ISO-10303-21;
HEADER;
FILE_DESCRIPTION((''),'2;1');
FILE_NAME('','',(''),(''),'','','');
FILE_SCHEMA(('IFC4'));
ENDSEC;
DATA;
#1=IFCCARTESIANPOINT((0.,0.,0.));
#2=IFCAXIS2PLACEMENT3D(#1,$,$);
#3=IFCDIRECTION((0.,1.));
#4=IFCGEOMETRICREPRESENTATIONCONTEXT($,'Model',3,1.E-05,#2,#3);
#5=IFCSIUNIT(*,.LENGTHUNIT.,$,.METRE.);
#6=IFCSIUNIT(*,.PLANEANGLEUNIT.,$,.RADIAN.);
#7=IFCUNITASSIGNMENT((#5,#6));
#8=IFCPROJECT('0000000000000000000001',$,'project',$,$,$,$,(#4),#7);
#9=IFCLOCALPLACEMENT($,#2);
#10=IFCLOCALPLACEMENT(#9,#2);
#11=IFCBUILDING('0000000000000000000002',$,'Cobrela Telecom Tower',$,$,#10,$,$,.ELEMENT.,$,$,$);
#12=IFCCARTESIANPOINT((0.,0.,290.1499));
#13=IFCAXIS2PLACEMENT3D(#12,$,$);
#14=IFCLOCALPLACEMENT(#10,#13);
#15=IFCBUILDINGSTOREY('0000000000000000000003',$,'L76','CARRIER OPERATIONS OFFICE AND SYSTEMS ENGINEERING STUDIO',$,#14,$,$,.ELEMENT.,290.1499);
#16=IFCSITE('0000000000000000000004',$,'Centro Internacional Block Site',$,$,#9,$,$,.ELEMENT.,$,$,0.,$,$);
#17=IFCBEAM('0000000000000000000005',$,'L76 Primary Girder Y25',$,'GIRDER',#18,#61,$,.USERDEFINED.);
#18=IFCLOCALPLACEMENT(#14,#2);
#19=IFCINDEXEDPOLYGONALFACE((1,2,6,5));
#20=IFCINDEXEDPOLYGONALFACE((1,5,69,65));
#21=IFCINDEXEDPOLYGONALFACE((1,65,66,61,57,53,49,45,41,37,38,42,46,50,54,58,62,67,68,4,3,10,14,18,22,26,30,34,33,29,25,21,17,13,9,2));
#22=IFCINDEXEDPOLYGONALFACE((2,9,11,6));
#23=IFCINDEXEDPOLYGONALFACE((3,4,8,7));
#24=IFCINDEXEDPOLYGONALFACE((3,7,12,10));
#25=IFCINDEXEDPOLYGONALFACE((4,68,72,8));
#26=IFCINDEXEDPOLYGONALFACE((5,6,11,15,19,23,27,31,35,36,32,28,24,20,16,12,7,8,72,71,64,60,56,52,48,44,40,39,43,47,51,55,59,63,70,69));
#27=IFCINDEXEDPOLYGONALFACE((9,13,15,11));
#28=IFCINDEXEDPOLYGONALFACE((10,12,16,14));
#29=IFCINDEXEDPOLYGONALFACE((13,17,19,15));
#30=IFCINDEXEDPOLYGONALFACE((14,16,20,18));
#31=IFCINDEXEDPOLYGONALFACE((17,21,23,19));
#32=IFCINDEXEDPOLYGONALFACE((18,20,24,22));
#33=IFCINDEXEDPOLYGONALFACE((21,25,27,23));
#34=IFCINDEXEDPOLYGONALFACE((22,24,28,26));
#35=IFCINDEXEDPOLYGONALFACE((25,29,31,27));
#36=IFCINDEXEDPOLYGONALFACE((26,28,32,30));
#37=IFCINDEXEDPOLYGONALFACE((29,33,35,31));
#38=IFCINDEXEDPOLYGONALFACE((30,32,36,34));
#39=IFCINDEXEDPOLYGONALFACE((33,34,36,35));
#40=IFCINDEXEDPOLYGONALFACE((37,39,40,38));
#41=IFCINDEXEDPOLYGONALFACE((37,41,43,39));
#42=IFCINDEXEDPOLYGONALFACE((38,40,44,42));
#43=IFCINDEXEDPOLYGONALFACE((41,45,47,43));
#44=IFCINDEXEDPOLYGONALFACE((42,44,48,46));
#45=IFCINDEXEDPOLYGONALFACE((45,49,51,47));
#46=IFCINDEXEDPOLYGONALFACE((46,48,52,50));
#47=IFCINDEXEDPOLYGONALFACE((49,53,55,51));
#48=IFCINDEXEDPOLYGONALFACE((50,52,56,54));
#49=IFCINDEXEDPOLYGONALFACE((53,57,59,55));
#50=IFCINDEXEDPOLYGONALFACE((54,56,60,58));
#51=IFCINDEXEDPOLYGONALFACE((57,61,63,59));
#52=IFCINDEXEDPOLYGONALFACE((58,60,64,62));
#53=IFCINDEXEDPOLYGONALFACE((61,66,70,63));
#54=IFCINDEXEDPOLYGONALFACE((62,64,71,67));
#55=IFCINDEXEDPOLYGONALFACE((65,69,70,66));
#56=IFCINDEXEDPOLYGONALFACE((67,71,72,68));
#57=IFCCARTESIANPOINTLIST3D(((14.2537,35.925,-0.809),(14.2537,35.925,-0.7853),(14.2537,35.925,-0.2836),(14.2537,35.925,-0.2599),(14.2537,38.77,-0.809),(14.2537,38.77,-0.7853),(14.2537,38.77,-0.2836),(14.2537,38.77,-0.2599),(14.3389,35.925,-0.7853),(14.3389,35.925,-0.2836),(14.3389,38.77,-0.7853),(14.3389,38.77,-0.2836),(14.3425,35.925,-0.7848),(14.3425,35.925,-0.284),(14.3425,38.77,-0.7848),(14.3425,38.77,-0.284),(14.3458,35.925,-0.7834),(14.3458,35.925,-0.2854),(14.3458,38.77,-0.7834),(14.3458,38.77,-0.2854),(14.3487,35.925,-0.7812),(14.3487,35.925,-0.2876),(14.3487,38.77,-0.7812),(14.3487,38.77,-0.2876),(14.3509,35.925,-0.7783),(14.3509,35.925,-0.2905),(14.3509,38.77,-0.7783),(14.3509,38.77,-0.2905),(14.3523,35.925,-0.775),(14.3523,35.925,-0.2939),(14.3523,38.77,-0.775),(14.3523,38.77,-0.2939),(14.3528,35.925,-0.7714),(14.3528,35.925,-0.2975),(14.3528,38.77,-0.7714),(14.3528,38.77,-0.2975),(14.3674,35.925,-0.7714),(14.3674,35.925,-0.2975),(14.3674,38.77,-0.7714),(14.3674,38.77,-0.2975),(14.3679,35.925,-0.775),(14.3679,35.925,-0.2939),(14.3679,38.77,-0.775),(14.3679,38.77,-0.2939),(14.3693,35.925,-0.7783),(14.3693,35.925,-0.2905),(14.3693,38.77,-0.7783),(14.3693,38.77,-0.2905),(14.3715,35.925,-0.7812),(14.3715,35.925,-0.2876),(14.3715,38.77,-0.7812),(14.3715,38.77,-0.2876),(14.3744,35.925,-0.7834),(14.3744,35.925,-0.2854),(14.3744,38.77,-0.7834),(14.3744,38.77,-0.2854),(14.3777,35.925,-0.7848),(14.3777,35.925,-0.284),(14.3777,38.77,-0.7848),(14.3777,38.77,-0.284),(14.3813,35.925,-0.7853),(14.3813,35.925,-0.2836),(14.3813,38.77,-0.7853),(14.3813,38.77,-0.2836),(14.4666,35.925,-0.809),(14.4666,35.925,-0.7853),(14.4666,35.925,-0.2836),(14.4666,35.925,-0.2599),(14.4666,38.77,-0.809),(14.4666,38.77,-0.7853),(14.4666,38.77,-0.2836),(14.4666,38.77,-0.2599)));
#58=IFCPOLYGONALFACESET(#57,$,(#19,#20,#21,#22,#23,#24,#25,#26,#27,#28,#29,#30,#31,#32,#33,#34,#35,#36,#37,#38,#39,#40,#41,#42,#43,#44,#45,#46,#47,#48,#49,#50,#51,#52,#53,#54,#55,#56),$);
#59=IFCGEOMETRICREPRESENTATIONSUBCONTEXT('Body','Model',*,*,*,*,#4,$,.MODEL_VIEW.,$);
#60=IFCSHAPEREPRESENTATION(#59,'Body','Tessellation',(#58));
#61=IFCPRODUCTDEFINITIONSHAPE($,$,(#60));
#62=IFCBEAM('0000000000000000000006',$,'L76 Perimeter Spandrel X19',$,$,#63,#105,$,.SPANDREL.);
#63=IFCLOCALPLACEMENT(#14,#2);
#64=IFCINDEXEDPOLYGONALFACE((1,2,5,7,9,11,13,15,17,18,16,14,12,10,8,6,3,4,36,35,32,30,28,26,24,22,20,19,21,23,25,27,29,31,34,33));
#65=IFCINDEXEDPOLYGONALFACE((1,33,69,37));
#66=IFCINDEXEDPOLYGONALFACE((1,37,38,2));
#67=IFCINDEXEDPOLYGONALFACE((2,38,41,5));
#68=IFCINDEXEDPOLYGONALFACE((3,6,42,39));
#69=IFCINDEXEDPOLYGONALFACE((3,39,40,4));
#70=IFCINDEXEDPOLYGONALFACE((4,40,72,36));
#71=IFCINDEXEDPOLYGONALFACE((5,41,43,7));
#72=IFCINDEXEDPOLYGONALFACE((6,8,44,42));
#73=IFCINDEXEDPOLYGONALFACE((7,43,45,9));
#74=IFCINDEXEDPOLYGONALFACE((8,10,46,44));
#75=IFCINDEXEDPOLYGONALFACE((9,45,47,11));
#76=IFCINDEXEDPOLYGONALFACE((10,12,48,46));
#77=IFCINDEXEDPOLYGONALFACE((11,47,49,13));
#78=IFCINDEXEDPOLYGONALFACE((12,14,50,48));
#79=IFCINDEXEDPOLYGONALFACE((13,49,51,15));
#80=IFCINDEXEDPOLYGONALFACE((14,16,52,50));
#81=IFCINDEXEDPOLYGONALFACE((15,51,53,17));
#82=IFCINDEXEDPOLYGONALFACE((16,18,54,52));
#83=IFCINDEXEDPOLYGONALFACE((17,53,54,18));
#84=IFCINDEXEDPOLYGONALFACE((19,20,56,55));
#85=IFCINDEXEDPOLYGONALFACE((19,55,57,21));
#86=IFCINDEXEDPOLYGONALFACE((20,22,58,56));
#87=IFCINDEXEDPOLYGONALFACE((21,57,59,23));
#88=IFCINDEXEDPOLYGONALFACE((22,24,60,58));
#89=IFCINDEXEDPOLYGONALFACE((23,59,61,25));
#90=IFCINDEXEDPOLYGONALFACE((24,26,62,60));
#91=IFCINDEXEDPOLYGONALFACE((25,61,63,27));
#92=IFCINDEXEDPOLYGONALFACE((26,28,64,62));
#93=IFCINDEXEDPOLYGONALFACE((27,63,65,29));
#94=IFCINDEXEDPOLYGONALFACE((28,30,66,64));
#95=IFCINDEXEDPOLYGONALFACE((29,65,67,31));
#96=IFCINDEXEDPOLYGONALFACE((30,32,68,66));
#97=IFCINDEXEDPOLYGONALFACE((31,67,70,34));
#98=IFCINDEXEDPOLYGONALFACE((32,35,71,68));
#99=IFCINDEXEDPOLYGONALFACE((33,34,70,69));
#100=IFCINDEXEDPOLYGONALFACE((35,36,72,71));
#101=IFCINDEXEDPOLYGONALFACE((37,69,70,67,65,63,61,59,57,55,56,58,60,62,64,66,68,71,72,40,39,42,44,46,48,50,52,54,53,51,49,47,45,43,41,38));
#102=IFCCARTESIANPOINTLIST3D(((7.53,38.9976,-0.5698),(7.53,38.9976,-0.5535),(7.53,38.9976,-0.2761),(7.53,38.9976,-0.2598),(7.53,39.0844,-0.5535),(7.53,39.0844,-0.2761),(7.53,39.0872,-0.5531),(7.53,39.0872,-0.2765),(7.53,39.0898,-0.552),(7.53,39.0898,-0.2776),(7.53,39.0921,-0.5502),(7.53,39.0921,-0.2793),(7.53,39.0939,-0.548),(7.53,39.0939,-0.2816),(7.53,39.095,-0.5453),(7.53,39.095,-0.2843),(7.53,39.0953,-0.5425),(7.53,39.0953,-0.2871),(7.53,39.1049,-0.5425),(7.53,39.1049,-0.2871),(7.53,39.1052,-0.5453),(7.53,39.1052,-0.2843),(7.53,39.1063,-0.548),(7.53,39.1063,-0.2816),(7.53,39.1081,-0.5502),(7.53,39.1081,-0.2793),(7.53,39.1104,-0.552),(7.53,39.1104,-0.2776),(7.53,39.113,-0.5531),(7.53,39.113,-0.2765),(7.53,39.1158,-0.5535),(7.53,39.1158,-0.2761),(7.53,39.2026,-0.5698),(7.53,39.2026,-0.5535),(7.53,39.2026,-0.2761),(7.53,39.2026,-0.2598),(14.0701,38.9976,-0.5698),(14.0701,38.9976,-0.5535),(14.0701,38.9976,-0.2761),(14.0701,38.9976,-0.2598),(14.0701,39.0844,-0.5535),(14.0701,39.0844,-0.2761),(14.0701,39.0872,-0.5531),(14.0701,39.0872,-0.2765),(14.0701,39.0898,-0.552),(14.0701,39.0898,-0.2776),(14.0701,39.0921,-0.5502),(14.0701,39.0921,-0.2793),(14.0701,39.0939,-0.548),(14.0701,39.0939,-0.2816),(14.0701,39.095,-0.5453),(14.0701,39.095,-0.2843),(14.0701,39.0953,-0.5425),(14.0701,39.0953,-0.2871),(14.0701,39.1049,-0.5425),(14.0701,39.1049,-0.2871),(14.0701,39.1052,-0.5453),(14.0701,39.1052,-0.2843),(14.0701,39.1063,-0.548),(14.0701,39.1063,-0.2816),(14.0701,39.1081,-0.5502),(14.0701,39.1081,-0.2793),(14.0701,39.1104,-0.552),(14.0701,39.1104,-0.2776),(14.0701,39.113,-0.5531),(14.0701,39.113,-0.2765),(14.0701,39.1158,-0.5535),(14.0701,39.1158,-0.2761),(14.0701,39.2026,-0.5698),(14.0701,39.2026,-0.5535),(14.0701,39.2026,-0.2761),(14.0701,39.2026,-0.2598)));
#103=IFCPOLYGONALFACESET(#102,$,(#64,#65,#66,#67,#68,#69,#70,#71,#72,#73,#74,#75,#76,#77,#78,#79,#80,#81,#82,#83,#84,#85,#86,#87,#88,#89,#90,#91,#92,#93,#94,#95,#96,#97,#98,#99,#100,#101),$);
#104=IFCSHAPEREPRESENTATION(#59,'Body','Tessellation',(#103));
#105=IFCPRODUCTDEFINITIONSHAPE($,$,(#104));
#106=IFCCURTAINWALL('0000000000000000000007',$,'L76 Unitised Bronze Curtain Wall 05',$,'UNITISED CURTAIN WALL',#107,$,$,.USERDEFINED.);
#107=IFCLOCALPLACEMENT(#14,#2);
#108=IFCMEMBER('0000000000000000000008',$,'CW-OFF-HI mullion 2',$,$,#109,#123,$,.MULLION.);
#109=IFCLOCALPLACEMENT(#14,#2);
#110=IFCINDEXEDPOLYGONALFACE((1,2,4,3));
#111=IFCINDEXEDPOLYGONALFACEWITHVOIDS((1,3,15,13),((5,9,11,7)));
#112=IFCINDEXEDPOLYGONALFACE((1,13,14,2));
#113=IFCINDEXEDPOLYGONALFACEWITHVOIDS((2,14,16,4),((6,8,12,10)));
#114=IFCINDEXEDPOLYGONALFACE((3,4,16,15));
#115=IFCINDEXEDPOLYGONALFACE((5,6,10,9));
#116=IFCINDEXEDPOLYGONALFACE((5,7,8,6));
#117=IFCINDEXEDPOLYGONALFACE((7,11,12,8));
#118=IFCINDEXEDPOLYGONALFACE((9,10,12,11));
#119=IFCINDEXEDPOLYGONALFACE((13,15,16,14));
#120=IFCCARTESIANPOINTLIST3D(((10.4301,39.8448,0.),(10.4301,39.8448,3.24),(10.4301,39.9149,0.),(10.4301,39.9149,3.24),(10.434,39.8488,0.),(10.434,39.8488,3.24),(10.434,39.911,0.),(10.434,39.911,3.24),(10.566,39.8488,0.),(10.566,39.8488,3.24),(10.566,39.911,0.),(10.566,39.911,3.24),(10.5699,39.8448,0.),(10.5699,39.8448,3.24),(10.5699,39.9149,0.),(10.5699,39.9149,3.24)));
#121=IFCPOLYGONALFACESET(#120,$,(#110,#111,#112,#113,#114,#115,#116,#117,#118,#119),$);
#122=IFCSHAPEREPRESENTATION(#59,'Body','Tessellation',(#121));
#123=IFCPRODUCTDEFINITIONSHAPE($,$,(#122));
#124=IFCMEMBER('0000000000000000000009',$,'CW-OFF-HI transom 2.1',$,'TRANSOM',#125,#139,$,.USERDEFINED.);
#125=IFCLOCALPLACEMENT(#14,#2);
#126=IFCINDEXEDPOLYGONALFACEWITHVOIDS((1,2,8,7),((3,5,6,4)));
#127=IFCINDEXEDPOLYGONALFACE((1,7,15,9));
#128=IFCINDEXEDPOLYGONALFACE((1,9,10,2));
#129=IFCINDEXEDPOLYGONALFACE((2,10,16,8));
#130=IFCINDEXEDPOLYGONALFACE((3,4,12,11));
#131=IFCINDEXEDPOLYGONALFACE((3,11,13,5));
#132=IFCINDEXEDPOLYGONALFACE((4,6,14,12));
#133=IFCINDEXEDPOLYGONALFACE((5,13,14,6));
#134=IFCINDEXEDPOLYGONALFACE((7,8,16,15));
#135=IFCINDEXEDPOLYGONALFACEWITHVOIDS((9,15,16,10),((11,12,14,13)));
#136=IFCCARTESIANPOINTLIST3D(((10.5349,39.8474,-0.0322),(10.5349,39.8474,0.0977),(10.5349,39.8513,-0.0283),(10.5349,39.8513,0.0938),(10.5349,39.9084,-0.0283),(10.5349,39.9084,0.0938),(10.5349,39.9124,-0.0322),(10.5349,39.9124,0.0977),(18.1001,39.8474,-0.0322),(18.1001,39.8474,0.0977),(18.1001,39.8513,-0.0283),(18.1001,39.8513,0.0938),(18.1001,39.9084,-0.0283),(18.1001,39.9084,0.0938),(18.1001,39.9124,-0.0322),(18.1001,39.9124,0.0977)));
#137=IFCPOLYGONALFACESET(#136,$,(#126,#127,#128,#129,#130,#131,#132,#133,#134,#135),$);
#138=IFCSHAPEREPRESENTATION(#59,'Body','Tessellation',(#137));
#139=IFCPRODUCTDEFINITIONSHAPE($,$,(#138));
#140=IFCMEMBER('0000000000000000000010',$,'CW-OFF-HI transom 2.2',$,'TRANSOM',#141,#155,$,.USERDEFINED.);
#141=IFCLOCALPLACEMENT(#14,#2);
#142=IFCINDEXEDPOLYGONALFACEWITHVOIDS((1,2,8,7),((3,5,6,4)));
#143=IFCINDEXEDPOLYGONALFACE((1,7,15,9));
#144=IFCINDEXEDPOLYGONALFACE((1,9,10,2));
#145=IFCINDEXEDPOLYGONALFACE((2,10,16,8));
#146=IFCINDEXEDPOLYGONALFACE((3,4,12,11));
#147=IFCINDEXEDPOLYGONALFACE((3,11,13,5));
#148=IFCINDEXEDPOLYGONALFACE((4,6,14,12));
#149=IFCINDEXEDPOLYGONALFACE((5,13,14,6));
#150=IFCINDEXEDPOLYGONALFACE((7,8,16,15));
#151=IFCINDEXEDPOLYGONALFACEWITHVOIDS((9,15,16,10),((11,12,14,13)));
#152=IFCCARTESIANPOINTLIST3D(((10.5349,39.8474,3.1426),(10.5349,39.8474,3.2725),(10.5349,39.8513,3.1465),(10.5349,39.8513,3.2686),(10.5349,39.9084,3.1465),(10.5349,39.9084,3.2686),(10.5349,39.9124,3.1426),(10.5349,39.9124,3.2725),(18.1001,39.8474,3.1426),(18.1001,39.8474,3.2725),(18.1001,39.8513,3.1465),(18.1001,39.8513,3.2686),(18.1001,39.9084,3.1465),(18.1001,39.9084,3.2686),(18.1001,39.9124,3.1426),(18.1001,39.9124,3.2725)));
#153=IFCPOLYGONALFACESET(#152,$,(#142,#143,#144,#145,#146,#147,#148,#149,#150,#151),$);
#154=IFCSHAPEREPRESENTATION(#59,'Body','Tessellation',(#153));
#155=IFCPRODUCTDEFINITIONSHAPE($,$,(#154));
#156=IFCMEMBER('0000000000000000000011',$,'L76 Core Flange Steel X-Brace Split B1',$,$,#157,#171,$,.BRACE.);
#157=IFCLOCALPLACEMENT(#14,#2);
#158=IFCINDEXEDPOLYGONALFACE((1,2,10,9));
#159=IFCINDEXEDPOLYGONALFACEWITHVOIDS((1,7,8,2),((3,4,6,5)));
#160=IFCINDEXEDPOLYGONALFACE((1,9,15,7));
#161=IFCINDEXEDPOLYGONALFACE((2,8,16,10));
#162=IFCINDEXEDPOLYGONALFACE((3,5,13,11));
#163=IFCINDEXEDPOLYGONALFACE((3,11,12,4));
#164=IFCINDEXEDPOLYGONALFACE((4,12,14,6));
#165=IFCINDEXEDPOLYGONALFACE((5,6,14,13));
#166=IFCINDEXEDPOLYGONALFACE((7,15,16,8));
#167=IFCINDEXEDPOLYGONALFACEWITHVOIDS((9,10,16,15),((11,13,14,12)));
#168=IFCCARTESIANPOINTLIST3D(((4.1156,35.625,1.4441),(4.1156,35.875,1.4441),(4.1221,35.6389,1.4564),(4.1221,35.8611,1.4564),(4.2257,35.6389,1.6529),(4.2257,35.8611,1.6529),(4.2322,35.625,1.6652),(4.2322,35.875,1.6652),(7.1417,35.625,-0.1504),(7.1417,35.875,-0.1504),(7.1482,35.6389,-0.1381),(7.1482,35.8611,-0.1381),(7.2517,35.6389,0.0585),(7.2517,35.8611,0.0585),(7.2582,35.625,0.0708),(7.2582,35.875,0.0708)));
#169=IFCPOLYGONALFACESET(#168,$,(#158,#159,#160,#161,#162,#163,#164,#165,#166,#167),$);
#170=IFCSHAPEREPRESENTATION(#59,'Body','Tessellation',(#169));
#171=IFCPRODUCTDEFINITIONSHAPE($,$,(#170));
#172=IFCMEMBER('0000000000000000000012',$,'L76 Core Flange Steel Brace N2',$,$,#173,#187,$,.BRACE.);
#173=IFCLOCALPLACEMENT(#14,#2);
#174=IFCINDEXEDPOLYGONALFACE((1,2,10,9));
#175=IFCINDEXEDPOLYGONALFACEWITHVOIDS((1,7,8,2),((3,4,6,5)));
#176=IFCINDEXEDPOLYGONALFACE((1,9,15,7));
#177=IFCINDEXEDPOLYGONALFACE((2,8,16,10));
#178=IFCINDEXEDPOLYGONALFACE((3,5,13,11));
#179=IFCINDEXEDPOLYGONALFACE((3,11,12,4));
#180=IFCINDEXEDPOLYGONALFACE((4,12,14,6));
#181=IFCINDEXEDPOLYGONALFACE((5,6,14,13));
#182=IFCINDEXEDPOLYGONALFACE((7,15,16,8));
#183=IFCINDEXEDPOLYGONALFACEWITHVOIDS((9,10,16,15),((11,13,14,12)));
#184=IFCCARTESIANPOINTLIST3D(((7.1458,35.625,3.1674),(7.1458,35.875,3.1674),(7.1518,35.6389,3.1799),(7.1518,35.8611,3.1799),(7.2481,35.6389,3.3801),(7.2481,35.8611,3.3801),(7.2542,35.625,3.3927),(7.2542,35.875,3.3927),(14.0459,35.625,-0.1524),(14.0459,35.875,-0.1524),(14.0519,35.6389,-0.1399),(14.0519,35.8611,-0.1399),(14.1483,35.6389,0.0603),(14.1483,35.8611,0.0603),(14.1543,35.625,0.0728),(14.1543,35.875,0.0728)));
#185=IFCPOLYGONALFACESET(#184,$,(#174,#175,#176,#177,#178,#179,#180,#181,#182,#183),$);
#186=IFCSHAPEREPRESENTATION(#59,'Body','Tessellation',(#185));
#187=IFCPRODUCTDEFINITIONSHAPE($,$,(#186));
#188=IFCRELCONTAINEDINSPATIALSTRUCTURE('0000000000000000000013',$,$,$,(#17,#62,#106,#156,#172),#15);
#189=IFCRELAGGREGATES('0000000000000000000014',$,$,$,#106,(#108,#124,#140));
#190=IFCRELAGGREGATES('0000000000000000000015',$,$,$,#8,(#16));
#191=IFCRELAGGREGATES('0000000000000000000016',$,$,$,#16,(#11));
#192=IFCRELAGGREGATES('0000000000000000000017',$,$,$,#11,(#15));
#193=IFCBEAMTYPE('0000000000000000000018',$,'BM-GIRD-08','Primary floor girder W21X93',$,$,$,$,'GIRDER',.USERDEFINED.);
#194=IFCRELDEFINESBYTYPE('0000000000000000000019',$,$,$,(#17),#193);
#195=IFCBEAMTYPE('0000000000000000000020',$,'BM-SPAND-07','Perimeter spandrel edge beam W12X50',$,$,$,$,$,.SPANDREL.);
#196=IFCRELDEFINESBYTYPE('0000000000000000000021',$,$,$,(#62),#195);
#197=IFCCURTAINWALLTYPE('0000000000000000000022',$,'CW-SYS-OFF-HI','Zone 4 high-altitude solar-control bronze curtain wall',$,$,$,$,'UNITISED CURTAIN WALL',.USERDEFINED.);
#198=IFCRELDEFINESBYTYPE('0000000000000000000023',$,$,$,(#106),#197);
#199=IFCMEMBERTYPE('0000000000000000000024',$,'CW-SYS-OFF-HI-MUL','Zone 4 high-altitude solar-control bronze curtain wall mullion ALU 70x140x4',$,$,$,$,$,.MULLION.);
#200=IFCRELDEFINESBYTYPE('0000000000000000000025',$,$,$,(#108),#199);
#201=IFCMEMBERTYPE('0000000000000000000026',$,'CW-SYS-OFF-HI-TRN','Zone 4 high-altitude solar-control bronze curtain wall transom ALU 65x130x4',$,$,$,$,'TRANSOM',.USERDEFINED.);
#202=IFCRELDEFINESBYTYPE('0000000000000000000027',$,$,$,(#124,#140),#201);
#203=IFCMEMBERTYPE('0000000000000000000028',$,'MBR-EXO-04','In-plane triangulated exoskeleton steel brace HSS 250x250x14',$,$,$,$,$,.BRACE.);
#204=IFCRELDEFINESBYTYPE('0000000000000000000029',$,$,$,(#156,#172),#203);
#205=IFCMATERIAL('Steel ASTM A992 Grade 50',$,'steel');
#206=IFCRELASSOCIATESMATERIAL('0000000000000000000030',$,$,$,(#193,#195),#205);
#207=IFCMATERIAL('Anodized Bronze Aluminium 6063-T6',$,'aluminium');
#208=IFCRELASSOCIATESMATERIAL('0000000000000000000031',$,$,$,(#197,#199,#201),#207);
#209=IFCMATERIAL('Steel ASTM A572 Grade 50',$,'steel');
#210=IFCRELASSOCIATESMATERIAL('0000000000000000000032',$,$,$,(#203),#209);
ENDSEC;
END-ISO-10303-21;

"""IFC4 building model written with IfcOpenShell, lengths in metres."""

from ifc_helpers import new_model, si_unit, direction, frame, origin, origin_2d, place, context, subcontext, project, spatial, hollow_rectangle, i_section, extrude, material, material_profile, profile_set, type_object, element, aggregate, save


model = new_model("IFC4")

# Units and contexts
model_context = context("Model", 3, precision=1e-05, world=origin(), true_north=direction((0.0, 1.0)))
body_context = subcontext(model_context, "Body", "Model", "MODEL_VIEW")
ifc_project = project(units=[si_unit("LENGTHUNIT", "METRE"), si_unit("PLANEANGLEUNIT", "RADIAN")], contexts=[model_context])

# Site, building, storey
site_placement = place(None, origin())
site = spatial("IfcSite", under=ifc_project, at=site_placement, Name="Centro Internacional Block Site", CompositionType="ELEMENT", RefElevation=0.0)
building_placement = place(site_placement, origin())
building = spatial("IfcBuilding", under=site, at=building_placement, Name="Cobrela Telecom Tower", CompositionType="ELEMENT")
storey_placement = place(building_placement, frame((0.0, 0.0, 290.1499)))
storey = spatial("IfcBuildingStorey", under=building, at=storey_placement, Name="L76", Description="CARRIER OPERATIONS OFFICE AND SYSTEMS ENGINEERING STUDIO", CompositionType="ELEMENT", Elevation=290.1499)

# Shared definitions
ifc_material_1 = material(Name="Steel ASTM A572 Grade 50", Category="steel")

# Beams
ifc_material_2 = material(Name="Steel ASTM A992 Grade 50", Category="steel")
ifc_material_profile_1 = material_profile(ifc_material_2, i_section(OverallWidth=0.2129, OverallDepth=0.5491, WebThickness=0.0146, FlangeThickness=0.0237, FilletRadius=0.0139, at=origin_2d()), Name="W21X93")
ifc_profile_set_1 = profile_set([ifc_material_profile_1], Name="Steel ASTM A992 Grade 50")
beam_type_1 = type_object("IfcBeamType", Name="BM-GIRD-08", Description="Primary floor girder W21X93", ElementType="GIRDER", PredefinedType="USERDEFINED", material=ifc_profile_set_1)
for number, where, z_axis, x_axis, name in (
    (1, (14.3601, 35.925, -0.5344), (0.0, 1.0, 0.0), (-1.0, 0.0, 0.0), "L76 Primary Girder Y25"),
):
    element("IfcBeam", number, at=place(storey_placement, frame(where, z_axis=z_axis, x_axis=x_axis)), inside=storey, type_object=beam_type_1, Name=name, ObjectType="GIRDER", PredefinedType="USERDEFINED", context=body_context, shape_type="SweptSolid", body=[
        extrude(i_section(OverallWidth=0.2129, OverallDepth=0.5491, WebThickness=0.0146, FlangeThickness=0.0237, FilletRadius=0.0139, at=origin_2d()), origin(), (0.0, 0.0, 1.0), 2.845),
    ])
ifc_material_profile_2 = material_profile(ifc_material_2, i_section(OverallWidth=0.2051, OverallDepth=0.3101, WebThickness=0.0095, FlangeThickness=0.0164, FilletRadius=0.011, at=origin_2d()), Name="W12X50")
ifc_profile_set_2 = profile_set([ifc_material_profile_2], Name="Steel ASTM A992 Grade 50")
beam_type_2 = type_object("IfcBeamType", Name="BM-SPAND-07", Description="Perimeter spandrel edge beam W12X50", PredefinedType="SPANDREL", material=ifc_profile_set_2)
beam_1_placement = place(storey_placement, frame((7.53, 39.1001, -0.4148), z_axis=(1.0, 0.0, 0.0), x_axis=(0.0, 1.0, 0.0)))
element("IfcBeam", 2, at=beam_1_placement, inside=storey, type_object=beam_type_2, Name="L76 Perimeter Spandrel X19", PredefinedType="SPANDREL", context=body_context, shape_type="SweptSolid", body=[
    extrude(i_section(OverallWidth=0.2051, OverallDepth=0.3101, WebThickness=0.0095, FlangeThickness=0.0164, FilletRadius=0.011, at=origin_2d()), origin(), (0.0, 0.0, 1.0), 6.54),
])

# Curtain wall, members
ifc_material_3 = material(Name="Anodized Bronze Aluminium 6063-T6", Category="aluminium")
curtain_wall_type = type_object("IfcCurtainWallType", Name="CW-SYS-OFF-HI", Description="Zone 4 high-altitude solar-control bronze curtain wall", ElementType="UNITISED CURTAIN WALL", PredefinedType="USERDEFINED", material=ifc_material_3)
curtain_wall_placement = place(storey_placement, origin())
curtain_wall = element("IfcCurtainWall", 3, at=curtain_wall_placement, inside=storey, type_object=curtain_wall_type, Name="L76 Unitised Bronze Curtain Wall 05", ObjectType="UNITISED CURTAIN WALL", PredefinedType="USERDEFINED")
ifc_material_profile_3 = material_profile(ifc_material_3, hollow_rectangle(XDim=0.0701, YDim=0.1399, WallThickness=0.0039, at=origin_2d()), Name="ALU 70x140x4")
ifc_profile_set_3 = profile_set([ifc_material_profile_3], Name="Anodized Bronze Aluminium 6063-T6")
member_type_1 = type_object("IfcMemberType", Name="CW-SYS-OFF-HI-MUL", Description="Zone 4 high-altitude solar-control bronze curtain wall mullion ALU 70x140x4", PredefinedType="MULLION", material=ifc_profile_set_3)
member_1_placement = place(storey_placement, frame((10.5, 39.8799, 0.0), z_axis=(0.0, 0.0, 1.0), x_axis=(0.0, 1.0, 0.0)))
member_1 = element("IfcMember", 4, at=member_1_placement, type_object=member_type_1, Name="CW-OFF-HI mullion 2", PredefinedType="MULLION", context=body_context, shape_type="SweptSolid", body=[
    extrude(hollow_rectangle(XDim=0.0701, YDim=0.1399, WallThickness=0.0039, at=origin_2d()), origin(), (0.0, 0.0, 1.0), 3.24),
])
ifc_material_profile_4 = material_profile(ifc_material_3, hollow_rectangle(XDim=0.0649, YDim=0.1299, WallThickness=0.0039, at=origin_2d()), Name="ALU 65x130x4")
ifc_profile_set_4 = profile_set([ifc_material_profile_4], Name="Anodized Bronze Aluminium 6063-T6")
member_type_2 = type_object("IfcMemberType", Name="CW-SYS-OFF-HI-TRN", Description="Zone 4 high-altitude solar-control bronze curtain wall transom ALU 65x130x4", ElementType="TRANSOM", PredefinedType="USERDEFINED", material=ifc_profile_set_4)
member_2_placement = place(storey_placement, frame((10.5349, 39.8799, 0.0327), z_axis=(1.0, 0.0, 0.0), x_axis=(0.0, 1.0, 0.0)))
member_2 = element("IfcMember", 5, at=member_2_placement, type_object=member_type_2, Name="CW-OFF-HI transom 2.1", ObjectType="TRANSOM", PredefinedType="USERDEFINED", context=body_context, shape_type="SweptSolid", body=[
    extrude(hollow_rectangle(XDim=0.0649, YDim=0.1299, WallThickness=0.0039, at=origin_2d()), origin(), (0.0, 0.0, 1.0), 7.5652),
])
member_3_placement = place(storey_placement, frame((10.5349, 39.8799, 3.2075), z_axis=(1.0, 0.0, 0.0), x_axis=(0.0, 1.0, 0.0)))
member_3 = element("IfcMember", 6, at=member_3_placement, type_object=member_type_2, Name="CW-OFF-HI transom 2.2", ObjectType="TRANSOM", PredefinedType="USERDEFINED", context=body_context, shape_type="SweptSolid", body=[
    extrude(hollow_rectangle(XDim=0.0649, YDim=0.1299, WallThickness=0.0039, at=origin_2d()), origin(), (0.0, 0.0, 1.0), 7.5652),
])

# Members
ifc_material_profile_5 = material_profile(ifc_material_1, hollow_rectangle(XDim=0.25, YDim=0.25, WallThickness=0.0139, at=origin_2d()), Name="HSS 250x250x14")
ifc_profile_set_5 = profile_set([ifc_material_profile_5], Name="Steel ASTM A572 Grade 50")
member_type_3 = type_object("IfcMemberType", Name="MBR-EXO-04", Description="In-plane triangulated exoskeleton steel brace HSS 250x250x14", PredefinedType="BRACE", material=ifc_profile_set_5)
member_4_placement = place(storey_placement, frame((7.2, 35.75, -0.0398), z_axis=(-0.884703, 0.0, 0.466155), x_axis=(0.0, -1.0, 0.0)))
element("IfcMember", 7, at=member_4_placement, inside=storey, type_object=member_type_3, Name="L76 Core Flange Steel X-Brace Split B1", PredefinedType="BRACE", context=body_context, shape_type="SweptSolid", body=[
    extrude(hollow_rectangle(XDim=0.25, YDim=0.25, WallThickness=0.0139, at=origin_2d()), origin(), (0.0, 0.0, 1.0), 3.4204),
])
member_5_placement = place(storey_placement, frame((14.1001, 35.75, -0.0398), z_axis=(-0.901128, 0.0, 0.433554), x_axis=(0.0, -1.0, 0.0)))
element("IfcMember", 8, at=member_5_placement, inside=storey, type_object=member_type_3, Name="L76 Core Flange Steel Brace N2", PredefinedType="BRACE", context=body_context, shape_type="SweptSolid", body=[
    extrude(hollow_rectangle(XDim=0.25, YDim=0.25, WallThickness=0.0139, at=origin_2d()), origin(), (0.0, 0.0, 1.0), 7.6572),
])

aggregate(curtain_wall, [member_1, member_2, member_3])

save(model, "model.ifc")
